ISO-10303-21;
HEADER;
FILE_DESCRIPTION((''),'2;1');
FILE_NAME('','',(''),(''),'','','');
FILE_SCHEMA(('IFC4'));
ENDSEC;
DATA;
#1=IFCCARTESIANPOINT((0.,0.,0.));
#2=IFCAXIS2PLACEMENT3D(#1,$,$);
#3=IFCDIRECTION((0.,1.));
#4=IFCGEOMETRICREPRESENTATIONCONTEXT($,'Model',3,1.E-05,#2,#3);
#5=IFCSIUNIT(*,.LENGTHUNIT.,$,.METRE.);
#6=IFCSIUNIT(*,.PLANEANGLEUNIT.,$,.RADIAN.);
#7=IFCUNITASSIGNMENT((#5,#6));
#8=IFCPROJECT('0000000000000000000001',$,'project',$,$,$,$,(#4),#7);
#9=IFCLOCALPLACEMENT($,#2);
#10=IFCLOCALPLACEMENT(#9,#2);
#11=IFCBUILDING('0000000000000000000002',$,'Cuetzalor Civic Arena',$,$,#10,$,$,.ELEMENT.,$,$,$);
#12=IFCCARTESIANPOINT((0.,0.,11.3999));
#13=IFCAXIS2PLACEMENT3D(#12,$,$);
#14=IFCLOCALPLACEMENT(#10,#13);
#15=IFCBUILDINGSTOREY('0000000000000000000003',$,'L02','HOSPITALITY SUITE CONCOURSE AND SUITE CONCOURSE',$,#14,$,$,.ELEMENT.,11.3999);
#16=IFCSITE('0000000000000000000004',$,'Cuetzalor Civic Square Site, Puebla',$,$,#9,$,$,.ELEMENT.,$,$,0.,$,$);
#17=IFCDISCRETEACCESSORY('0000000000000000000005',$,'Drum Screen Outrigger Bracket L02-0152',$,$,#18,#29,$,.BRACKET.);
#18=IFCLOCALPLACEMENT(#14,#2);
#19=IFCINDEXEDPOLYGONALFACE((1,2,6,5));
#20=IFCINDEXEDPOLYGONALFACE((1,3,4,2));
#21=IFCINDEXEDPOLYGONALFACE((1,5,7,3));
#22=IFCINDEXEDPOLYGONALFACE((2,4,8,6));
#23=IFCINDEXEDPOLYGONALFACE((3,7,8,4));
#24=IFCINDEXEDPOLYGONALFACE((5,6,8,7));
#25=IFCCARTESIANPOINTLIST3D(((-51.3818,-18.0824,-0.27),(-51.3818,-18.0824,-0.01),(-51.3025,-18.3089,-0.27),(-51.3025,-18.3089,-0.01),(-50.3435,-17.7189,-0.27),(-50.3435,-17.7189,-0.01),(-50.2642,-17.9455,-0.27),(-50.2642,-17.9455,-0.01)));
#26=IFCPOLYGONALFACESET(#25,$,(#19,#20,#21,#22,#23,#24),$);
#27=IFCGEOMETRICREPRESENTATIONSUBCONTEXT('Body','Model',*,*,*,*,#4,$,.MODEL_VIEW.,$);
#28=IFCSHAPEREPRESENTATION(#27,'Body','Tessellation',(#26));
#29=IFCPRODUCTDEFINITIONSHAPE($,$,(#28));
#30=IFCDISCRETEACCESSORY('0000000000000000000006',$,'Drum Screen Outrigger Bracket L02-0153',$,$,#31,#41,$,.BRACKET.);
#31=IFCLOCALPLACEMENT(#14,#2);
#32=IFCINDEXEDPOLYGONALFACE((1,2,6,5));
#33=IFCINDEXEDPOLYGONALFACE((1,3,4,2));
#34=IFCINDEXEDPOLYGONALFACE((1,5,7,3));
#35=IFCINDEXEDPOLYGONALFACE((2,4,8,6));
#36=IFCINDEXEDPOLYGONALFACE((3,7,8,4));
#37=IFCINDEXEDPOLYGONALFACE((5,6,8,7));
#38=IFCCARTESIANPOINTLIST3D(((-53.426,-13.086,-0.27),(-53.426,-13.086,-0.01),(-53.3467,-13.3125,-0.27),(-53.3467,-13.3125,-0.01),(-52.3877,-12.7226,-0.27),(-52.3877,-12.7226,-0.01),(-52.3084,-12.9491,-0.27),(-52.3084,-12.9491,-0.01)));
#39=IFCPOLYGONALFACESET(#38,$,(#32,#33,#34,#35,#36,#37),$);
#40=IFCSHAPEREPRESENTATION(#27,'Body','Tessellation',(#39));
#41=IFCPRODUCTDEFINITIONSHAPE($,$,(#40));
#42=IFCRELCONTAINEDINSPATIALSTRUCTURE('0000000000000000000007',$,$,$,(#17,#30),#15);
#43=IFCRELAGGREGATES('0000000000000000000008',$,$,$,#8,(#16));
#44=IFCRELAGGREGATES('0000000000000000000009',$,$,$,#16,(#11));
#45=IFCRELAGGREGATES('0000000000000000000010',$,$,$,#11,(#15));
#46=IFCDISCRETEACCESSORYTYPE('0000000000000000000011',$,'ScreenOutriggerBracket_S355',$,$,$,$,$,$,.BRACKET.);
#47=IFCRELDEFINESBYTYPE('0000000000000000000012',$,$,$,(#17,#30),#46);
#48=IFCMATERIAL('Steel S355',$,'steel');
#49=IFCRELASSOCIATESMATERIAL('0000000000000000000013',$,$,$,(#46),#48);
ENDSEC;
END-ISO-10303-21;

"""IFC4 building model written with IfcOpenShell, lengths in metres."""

from ifc_helpers import new_model, si_unit, direction, frame, origin, origin_2d, place, context, subcontext, project, spatial, rectangle, extrude, material, type_object, element, save


model = new_model("IFC4")

# Units and contexts
model_context = context("Model", 3, precision=1e-05, world=origin(), true_north=direction((0.0, 1.0)))
body_context = subcontext(model_context, "Body", "Model", "MODEL_VIEW")
ifc_project = project(units=[si_unit("LENGTHUNIT", "METRE"), si_unit("PLANEANGLEUNIT", "RADIAN")], contexts=[model_context])

# Site, building, storey
site_placement = place(None, origin())
site = spatial("IfcSite", under=ifc_project, at=site_placement, Name="Cuetzalor Civic Square Site, Puebla", CompositionType="ELEMENT", RefElevation=0.0)
building_placement = place(site_placement, origin())
building = spatial("IfcBuilding", under=site, at=building_placement, Name="Cuetzalor Civic Arena", CompositionType="ELEMENT")
storey_placement = place(building_placement, frame((0.0, 0.0, 11.3999)))
storey = spatial("IfcBuildingStorey", under=building, at=storey_placement, Name="L02", Description="HOSPITALITY SUITE CONCOURSE AND SUITE CONCOURSE", CompositionType="ELEMENT", Elevation=11.3999)

# Discrete accessories
ifc_material_1 = material(Name="Steel S355", Category="steel")
discrete_accessory_type = type_object("IfcDiscreteAccessoryType", Name="ScreenOutriggerBracket_S355", PredefinedType="BRACKET", material=ifc_material_1)
for number, where, z_axis, x_axis, name in (
    (1, (-50.823, -18.0139, -0.27), (0.0, 0.0, 1.0), (-0.943859, -0.33035, 0.0), "Drum Screen Outrigger Bracket L02-0152"),
    (2, (-52.8672, -13.0176, -0.27), (0.0, 0.0, 1.0), (-0.943859, -0.33035, 0.0), "Drum Screen Outrigger Bracket L02-0153"),
):
    element("IfcDiscreteAccessory", number, at=place(storey_placement, frame(where, z_axis=z_axis, x_axis=x_axis)), inside=storey, type_object=discrete_accessory_type, Name=name, PredefinedType="BRACKET", context=body_context, shape_type="SweptSolid", body=[
        extrude(rectangle(XDim=1.1001, YDim=0.24, at=origin_2d()), origin(), (0.0, 0.0, 1.0), 0.26),
    ])

save(model, "model.ifc")
